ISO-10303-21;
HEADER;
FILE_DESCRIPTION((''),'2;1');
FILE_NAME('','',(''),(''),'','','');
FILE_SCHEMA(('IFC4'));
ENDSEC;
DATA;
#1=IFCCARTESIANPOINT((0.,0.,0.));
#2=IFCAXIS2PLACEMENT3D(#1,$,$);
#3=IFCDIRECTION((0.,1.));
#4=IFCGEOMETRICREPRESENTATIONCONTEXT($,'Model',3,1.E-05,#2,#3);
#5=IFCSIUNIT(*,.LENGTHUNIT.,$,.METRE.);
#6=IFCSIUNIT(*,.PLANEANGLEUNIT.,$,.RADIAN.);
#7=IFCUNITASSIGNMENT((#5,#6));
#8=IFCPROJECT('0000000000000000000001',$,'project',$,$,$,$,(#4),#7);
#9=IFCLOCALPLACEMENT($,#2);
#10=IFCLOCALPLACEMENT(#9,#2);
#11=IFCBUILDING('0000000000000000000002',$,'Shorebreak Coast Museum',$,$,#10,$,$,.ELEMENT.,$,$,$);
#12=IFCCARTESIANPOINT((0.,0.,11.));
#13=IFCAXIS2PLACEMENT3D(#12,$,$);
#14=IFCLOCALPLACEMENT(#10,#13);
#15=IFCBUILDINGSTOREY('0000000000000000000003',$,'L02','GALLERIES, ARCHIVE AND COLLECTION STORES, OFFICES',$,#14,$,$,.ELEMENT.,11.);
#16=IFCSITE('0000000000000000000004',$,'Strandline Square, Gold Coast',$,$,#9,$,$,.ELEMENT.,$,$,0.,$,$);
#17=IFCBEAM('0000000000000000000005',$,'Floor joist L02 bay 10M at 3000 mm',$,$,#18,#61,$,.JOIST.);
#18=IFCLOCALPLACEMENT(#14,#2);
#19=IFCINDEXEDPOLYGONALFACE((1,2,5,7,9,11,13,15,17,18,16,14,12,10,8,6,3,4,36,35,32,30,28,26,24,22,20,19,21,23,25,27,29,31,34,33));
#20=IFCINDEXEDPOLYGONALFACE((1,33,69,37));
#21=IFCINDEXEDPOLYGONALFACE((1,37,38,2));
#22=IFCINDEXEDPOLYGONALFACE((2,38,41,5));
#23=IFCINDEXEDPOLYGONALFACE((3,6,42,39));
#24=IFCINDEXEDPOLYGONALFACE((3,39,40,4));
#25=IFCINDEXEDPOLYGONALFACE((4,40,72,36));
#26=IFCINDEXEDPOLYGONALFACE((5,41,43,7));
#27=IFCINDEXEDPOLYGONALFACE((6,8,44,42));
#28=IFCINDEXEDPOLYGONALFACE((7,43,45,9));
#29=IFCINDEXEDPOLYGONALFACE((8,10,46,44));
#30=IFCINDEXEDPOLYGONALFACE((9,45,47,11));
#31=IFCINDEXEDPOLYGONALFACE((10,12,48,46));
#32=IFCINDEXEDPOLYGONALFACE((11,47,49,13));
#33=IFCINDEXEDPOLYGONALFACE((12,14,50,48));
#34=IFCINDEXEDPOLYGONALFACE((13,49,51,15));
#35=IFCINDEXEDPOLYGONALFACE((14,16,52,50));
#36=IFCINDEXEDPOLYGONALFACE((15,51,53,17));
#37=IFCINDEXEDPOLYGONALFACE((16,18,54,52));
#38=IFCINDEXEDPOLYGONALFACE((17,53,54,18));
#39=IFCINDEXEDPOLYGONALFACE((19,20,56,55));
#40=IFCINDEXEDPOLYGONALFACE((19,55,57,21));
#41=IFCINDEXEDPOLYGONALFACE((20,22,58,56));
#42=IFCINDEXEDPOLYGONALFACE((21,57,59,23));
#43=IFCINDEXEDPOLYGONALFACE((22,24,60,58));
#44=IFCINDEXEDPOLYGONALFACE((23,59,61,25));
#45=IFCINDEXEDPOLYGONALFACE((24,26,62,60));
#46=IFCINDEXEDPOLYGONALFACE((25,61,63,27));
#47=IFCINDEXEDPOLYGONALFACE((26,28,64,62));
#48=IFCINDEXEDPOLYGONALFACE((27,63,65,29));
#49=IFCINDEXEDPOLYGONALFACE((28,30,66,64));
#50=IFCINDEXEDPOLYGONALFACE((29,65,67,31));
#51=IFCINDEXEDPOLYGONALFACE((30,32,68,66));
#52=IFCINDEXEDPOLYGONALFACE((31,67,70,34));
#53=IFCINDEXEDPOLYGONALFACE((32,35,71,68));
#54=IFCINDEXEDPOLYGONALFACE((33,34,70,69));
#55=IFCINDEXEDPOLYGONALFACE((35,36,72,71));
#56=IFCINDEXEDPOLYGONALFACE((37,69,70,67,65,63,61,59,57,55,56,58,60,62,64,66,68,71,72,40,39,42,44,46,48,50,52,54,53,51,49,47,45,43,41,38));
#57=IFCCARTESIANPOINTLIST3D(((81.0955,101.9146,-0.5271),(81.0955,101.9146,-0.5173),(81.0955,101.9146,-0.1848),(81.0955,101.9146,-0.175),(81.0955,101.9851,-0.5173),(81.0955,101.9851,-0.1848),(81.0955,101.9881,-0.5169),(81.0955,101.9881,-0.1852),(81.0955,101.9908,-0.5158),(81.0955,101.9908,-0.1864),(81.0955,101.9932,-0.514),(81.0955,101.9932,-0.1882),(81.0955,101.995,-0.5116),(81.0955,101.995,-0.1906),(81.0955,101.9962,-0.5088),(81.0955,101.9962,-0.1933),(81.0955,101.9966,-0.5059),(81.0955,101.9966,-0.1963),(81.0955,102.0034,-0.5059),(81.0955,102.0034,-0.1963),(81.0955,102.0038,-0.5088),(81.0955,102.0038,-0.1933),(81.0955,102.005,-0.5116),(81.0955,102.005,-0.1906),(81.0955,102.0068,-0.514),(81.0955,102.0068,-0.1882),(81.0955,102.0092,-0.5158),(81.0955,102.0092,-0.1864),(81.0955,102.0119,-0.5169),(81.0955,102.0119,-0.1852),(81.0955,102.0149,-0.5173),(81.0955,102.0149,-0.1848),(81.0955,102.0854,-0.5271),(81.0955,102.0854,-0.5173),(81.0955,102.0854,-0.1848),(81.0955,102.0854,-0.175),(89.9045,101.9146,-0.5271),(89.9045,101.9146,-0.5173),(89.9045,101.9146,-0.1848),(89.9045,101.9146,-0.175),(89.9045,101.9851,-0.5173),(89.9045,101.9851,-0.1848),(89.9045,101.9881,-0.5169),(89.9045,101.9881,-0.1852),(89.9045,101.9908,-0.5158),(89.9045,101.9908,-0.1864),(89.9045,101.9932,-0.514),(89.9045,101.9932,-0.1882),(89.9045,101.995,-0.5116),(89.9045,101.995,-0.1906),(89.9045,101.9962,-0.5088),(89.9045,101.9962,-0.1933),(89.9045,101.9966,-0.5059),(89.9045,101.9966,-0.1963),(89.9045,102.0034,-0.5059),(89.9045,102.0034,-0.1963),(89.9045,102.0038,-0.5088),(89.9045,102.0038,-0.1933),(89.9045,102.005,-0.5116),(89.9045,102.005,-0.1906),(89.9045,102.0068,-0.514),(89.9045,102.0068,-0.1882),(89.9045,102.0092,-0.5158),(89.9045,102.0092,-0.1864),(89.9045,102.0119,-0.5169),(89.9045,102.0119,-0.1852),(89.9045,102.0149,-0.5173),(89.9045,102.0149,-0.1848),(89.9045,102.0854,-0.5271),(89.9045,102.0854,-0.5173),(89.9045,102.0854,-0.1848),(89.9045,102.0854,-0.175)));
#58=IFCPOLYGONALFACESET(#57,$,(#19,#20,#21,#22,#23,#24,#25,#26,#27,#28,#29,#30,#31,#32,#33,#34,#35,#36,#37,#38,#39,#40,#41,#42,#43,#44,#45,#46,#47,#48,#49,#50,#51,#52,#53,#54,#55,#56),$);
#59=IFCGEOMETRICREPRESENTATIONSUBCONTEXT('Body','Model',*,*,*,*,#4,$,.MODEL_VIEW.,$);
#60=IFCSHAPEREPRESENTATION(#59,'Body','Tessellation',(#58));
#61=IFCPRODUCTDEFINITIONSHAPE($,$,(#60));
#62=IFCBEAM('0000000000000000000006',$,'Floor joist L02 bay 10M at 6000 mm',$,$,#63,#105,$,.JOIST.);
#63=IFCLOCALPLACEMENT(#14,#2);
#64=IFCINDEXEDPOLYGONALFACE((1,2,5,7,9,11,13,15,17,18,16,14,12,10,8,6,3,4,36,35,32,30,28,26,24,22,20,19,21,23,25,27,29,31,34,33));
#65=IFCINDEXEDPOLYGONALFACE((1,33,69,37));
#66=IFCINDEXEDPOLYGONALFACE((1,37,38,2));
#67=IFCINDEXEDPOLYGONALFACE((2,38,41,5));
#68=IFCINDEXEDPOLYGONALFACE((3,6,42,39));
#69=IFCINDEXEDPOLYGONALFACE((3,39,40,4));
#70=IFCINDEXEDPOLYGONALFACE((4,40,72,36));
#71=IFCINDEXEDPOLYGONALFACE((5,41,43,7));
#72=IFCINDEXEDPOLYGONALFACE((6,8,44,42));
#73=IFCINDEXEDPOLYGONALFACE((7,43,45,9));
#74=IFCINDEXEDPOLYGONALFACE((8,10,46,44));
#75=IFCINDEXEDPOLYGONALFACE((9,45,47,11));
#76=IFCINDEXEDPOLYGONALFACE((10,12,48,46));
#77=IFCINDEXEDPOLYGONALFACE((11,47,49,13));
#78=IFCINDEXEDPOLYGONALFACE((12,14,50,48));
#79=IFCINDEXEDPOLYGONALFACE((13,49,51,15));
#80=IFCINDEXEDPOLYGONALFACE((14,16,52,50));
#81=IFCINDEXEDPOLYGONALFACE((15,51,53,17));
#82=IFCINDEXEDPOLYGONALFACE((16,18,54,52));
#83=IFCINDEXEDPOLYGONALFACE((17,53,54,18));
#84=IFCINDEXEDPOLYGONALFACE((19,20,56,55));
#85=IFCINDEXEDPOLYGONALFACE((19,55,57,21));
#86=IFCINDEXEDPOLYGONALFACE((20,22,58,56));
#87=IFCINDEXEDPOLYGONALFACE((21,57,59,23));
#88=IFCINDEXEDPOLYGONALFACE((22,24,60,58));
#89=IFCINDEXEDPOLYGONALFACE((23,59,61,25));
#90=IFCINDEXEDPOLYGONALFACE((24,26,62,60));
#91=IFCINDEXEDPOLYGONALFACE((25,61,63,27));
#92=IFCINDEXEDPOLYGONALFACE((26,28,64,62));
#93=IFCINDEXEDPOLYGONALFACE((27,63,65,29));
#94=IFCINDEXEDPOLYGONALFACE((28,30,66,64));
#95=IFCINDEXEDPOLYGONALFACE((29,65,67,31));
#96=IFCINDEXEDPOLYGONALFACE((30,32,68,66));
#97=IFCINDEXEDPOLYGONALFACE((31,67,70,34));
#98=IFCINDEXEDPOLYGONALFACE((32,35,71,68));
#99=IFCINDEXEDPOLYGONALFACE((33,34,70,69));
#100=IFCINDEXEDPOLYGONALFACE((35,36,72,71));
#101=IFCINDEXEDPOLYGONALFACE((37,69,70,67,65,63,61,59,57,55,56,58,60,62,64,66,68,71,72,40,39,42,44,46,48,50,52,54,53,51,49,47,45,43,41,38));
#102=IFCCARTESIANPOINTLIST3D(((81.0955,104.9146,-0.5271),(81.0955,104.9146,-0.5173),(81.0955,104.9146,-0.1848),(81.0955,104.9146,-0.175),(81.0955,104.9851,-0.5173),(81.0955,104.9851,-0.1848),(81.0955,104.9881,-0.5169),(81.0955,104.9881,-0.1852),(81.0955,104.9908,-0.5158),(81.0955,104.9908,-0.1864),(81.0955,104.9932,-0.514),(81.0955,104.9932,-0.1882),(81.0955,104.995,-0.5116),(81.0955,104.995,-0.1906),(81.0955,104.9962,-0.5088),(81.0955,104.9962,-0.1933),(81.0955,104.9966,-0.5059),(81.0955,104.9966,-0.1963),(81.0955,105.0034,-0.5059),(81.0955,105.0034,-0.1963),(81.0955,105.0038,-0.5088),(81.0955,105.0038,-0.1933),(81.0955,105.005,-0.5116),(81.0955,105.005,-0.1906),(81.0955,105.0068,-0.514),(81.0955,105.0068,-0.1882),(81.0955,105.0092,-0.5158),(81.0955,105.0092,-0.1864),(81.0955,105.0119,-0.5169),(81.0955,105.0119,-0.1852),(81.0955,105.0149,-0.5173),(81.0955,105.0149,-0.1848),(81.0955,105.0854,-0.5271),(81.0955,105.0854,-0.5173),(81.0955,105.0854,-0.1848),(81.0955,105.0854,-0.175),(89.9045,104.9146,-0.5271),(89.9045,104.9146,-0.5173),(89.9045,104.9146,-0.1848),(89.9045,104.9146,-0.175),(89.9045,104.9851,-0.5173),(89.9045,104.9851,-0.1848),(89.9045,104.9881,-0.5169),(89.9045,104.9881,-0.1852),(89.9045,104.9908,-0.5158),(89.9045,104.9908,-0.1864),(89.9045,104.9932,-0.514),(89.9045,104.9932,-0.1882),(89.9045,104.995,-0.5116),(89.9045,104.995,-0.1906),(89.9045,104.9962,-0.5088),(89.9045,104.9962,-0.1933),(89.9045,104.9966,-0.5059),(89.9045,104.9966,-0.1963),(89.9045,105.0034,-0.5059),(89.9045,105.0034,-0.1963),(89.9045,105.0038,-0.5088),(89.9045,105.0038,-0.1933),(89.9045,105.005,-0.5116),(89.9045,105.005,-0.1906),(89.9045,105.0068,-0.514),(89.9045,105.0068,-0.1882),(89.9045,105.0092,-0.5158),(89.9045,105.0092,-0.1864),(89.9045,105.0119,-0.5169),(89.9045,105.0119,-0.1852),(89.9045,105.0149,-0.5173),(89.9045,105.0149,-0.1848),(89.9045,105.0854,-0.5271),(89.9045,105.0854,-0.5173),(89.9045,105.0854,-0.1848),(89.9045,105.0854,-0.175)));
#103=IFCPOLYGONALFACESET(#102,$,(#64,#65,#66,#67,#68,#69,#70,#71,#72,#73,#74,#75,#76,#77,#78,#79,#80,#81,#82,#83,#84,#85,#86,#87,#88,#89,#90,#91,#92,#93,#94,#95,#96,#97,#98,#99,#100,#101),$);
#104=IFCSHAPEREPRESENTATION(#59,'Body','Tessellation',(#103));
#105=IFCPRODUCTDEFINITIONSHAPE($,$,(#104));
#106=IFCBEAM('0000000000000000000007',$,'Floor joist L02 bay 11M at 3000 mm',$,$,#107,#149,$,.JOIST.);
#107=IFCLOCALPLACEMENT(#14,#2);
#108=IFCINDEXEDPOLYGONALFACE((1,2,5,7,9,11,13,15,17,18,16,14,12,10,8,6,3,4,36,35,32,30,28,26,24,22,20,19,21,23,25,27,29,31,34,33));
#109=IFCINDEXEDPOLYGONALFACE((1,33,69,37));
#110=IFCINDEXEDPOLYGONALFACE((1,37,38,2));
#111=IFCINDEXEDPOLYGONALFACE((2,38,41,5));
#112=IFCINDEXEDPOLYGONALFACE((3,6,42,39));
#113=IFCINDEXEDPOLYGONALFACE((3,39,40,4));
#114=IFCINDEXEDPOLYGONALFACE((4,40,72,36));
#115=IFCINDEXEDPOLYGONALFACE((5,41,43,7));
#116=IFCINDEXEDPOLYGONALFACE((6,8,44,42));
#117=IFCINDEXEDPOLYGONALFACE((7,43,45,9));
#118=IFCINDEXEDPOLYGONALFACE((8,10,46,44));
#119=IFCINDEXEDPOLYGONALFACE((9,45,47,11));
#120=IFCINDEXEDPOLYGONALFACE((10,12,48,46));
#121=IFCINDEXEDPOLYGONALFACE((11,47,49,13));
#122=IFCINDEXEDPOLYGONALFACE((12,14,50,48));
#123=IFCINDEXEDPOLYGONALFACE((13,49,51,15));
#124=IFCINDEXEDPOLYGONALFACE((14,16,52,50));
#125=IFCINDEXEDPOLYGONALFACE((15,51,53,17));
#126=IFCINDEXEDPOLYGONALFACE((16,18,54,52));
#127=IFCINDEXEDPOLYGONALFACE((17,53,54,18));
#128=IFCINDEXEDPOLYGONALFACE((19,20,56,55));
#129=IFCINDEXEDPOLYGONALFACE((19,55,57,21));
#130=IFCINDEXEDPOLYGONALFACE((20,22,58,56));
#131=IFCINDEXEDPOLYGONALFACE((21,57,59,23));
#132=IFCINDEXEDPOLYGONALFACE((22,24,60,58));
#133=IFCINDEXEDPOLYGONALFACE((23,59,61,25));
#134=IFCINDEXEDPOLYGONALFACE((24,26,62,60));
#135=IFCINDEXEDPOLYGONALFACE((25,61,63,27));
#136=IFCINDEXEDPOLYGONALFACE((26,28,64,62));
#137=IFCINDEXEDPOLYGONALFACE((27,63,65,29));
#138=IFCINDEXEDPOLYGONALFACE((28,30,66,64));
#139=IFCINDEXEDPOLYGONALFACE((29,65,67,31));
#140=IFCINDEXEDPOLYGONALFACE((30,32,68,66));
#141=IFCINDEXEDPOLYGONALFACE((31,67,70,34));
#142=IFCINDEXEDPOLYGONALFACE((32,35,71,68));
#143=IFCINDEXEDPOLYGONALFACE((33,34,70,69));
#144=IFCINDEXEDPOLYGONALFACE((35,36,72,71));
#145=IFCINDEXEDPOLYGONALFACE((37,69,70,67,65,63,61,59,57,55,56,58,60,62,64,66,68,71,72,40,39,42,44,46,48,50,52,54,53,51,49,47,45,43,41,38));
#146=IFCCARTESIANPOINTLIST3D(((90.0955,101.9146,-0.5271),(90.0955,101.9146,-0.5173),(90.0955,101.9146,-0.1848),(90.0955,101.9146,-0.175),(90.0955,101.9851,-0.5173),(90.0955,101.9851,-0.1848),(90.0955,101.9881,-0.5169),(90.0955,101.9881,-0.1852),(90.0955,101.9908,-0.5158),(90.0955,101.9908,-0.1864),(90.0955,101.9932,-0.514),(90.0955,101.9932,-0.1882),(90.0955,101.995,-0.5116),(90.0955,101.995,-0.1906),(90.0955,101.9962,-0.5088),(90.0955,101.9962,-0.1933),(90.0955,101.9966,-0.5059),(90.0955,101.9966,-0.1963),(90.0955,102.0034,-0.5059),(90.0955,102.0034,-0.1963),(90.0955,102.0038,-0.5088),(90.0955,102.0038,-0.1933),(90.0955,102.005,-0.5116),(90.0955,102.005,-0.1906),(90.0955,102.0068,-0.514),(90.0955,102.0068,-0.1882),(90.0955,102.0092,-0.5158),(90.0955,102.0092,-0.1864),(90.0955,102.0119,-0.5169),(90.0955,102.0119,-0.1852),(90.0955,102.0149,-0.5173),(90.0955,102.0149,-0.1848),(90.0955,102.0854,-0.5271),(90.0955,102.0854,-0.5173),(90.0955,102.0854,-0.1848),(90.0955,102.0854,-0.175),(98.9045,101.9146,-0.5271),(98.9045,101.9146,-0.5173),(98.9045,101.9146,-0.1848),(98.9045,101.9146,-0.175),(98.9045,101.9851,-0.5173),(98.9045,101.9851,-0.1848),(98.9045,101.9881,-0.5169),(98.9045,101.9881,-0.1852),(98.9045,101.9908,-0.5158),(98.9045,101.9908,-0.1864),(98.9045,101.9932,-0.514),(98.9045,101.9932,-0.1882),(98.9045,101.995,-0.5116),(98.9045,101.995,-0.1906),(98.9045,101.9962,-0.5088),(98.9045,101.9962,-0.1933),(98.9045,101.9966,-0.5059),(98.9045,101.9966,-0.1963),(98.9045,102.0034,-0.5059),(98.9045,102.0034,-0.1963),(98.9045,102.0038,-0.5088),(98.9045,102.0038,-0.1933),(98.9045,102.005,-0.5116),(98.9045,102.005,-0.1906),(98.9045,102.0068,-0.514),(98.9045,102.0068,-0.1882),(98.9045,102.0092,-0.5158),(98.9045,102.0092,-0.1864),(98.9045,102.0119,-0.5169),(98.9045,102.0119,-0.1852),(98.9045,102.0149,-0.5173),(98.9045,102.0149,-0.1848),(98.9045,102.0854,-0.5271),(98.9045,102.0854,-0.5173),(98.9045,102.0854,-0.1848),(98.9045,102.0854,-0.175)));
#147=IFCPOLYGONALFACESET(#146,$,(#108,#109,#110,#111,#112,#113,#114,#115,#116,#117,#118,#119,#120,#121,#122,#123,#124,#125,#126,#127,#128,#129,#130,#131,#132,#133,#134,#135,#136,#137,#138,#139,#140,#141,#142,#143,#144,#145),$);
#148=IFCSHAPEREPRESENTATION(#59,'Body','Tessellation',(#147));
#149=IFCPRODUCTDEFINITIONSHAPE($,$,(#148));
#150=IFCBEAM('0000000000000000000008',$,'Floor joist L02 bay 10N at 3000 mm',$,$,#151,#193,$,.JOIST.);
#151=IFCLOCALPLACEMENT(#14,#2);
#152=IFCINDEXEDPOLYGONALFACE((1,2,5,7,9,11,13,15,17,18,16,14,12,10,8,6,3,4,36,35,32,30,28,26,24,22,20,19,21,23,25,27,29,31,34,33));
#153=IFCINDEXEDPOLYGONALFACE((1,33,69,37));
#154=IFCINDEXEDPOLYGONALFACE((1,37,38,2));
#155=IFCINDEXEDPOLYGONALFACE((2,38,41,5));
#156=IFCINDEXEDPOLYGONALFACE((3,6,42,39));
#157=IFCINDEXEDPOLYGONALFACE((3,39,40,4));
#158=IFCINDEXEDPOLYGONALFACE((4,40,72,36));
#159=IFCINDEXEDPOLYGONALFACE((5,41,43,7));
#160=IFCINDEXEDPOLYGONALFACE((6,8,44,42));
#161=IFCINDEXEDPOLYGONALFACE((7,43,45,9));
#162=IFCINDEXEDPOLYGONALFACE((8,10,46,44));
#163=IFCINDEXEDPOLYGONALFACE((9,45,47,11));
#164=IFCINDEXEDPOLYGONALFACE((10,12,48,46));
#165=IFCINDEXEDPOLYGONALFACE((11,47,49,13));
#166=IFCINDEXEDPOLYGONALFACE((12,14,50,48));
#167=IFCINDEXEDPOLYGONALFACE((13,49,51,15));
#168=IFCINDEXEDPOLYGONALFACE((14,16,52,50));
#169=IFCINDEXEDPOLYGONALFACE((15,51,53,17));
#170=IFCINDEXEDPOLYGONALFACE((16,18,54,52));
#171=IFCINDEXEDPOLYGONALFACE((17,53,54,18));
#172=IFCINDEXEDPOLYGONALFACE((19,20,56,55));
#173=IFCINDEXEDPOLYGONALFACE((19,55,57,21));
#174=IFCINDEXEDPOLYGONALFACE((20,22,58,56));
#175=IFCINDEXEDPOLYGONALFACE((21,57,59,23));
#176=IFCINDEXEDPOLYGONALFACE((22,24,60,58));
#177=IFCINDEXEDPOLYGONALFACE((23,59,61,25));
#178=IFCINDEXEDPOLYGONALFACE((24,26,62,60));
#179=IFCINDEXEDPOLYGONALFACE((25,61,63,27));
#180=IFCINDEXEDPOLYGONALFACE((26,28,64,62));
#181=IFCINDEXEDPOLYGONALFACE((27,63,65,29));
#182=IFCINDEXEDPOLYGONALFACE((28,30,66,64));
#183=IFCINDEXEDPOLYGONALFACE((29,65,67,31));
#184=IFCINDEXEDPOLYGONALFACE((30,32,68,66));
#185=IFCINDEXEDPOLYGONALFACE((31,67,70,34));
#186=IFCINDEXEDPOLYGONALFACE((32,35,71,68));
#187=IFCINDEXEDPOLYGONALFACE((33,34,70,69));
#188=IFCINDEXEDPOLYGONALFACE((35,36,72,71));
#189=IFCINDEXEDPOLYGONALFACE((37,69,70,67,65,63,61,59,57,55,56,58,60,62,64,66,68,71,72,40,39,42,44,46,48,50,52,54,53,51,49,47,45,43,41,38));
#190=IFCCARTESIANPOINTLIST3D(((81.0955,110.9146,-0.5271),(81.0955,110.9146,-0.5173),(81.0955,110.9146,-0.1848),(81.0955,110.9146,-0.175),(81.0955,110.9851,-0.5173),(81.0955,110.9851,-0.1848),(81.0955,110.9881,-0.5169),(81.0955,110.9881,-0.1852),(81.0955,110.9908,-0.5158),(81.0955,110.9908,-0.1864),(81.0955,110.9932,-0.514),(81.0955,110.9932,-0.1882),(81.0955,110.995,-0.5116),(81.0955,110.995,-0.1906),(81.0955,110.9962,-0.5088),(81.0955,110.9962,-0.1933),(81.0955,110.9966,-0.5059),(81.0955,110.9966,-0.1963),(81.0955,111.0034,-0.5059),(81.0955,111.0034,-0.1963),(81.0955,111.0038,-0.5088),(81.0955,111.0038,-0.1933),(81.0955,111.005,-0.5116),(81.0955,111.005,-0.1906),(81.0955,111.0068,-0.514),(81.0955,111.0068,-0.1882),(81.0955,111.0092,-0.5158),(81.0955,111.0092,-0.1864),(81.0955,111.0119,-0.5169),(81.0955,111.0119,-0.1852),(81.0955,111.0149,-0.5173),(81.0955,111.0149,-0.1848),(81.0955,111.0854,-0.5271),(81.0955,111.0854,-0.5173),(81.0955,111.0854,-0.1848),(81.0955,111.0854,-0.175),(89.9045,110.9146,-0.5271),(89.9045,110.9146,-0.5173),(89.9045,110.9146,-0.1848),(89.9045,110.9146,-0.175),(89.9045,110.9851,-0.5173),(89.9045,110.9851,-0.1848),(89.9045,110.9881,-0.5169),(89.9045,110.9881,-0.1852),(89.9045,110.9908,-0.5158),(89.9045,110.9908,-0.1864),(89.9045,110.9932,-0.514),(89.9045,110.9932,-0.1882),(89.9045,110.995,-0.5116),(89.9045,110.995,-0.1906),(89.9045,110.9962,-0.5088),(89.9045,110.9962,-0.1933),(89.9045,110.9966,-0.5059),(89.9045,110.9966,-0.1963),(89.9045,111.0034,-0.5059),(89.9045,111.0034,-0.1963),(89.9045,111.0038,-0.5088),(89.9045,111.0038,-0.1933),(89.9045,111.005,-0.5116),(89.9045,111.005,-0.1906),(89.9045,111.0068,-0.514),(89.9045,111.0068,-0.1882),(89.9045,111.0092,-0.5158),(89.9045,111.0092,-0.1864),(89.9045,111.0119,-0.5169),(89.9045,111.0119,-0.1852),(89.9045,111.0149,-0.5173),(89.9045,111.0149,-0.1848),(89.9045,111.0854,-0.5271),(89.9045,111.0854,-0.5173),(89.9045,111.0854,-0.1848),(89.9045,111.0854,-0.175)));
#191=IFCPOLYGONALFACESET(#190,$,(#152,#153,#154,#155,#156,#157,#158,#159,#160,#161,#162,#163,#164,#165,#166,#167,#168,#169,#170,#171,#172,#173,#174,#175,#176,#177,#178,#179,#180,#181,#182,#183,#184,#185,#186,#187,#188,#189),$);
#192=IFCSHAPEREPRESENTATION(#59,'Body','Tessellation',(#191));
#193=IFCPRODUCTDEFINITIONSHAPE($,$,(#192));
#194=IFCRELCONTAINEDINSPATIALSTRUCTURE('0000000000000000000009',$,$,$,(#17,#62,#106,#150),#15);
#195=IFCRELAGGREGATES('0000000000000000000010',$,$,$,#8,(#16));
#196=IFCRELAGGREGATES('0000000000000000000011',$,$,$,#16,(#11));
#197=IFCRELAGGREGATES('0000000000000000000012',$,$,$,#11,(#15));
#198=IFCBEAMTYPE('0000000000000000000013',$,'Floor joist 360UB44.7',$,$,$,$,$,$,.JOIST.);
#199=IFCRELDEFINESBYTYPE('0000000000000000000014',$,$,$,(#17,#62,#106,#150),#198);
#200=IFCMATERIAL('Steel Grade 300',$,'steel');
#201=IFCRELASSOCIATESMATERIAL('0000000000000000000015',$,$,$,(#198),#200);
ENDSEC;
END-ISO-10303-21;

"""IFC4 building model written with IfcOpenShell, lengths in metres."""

from ifc_helpers import new_model, si_unit, direction, frame, origin, origin_2d, place, context, subcontext, project, spatial, i_section, extrude, material, material_profile, profile_set, type_object, element, save


model = new_model("IFC4")

# Units and contexts
model_context = context("Model", 3, precision=1e-05, world=origin(), true_north=direction((0.0, 1.0)))
body_context = subcontext(model_context, "Body", "Model", "MODEL_VIEW")
ifc_project = project(units=[si_unit("LENGTHUNIT", "METRE"), si_unit("PLANEANGLEUNIT", "RADIAN")], contexts=[model_context])

# Site, building, storey
site_placement = place(None, origin())
site = spatial("IfcSite", under=ifc_project, at=site_placement, Name="Strandline Square, Gold Coast", CompositionType="ELEMENT", RefElevation=0.0)
building_placement = place(site_placement, origin())
building = spatial("IfcBuilding", under=site, at=building_placement, Name="Shorebreak Coast Museum", CompositionType="ELEMENT")
storey_placement = place(building_placement, frame((0.0, 0.0, 11.0)))
storey = spatial("IfcBuildingStorey", under=building, at=storey_placement, Name="L02", Description="GALLERIES, ARCHIVE AND COLLECTION STORES, OFFICES", CompositionType="ELEMENT", Elevation=11.0)

# Beams
ifc_material_1 = material(Name="Steel Grade 300", Category="steel")
ifc_material_profile_1 = material_profile(ifc_material_1, i_section(OverallWidth=0.1709, OverallDepth=0.3521, WebThickness=0.0068, FlangeThickness=0.0098, FilletRadius=0.0115, at=origin_2d()), Name="360UB44.7")
ifc_profile_set_1 = profile_set([ifc_material_profile_1], Name="Steel Grade 300")
beam_type_1 = type_object("IfcBeamType", Name="Floor joist 360UB44.7", PredefinedType="JOIST", material=ifc_profile_set_1)
for number, where, z_axis, x_axis, name in (
    (1, (81.0955, 102.0, -0.3511), (1.0, 0.0, 0.0), (0.0, 1.0, 0.0), "Floor joist L02 bay 10M at 3000 mm"),
    (2, (81.0955, 105.0, -0.3511), (1.0, 0.0, 0.0), (0.0, 1.0, 0.0), "Floor joist L02 bay 10M at 6000 mm"),
    (3, (90.0955, 102.0, -0.3511), (1.0, 0.0, 0.0), (0.0, 1.0, 0.0), "Floor joist L02 bay 11M at 3000 mm"),
    (4, (81.0955, 111.0, -0.3511), (1.0, 0.0, 0.0), (0.0, 1.0, 0.0), "Floor joist L02 bay 10N at 3000 mm"),
):
    element("IfcBeam", number, at=place(storey_placement, frame(where, z_axis=z_axis, x_axis=x_axis)), inside=storey, type_object=beam_type_1, Name=name, PredefinedType="JOIST", context=body_context, shape_type="SweptSolid", body=[
        extrude(i_section(OverallWidth=0.1709, OverallDepth=0.3521, WebThickness=0.0068, FlangeThickness=0.0098, FilletRadius=0.0115, at=origin_2d()), origin(), (0.0, 0.0, 1.0), 8.8091),
    ])

save(model, "model.ifc")
